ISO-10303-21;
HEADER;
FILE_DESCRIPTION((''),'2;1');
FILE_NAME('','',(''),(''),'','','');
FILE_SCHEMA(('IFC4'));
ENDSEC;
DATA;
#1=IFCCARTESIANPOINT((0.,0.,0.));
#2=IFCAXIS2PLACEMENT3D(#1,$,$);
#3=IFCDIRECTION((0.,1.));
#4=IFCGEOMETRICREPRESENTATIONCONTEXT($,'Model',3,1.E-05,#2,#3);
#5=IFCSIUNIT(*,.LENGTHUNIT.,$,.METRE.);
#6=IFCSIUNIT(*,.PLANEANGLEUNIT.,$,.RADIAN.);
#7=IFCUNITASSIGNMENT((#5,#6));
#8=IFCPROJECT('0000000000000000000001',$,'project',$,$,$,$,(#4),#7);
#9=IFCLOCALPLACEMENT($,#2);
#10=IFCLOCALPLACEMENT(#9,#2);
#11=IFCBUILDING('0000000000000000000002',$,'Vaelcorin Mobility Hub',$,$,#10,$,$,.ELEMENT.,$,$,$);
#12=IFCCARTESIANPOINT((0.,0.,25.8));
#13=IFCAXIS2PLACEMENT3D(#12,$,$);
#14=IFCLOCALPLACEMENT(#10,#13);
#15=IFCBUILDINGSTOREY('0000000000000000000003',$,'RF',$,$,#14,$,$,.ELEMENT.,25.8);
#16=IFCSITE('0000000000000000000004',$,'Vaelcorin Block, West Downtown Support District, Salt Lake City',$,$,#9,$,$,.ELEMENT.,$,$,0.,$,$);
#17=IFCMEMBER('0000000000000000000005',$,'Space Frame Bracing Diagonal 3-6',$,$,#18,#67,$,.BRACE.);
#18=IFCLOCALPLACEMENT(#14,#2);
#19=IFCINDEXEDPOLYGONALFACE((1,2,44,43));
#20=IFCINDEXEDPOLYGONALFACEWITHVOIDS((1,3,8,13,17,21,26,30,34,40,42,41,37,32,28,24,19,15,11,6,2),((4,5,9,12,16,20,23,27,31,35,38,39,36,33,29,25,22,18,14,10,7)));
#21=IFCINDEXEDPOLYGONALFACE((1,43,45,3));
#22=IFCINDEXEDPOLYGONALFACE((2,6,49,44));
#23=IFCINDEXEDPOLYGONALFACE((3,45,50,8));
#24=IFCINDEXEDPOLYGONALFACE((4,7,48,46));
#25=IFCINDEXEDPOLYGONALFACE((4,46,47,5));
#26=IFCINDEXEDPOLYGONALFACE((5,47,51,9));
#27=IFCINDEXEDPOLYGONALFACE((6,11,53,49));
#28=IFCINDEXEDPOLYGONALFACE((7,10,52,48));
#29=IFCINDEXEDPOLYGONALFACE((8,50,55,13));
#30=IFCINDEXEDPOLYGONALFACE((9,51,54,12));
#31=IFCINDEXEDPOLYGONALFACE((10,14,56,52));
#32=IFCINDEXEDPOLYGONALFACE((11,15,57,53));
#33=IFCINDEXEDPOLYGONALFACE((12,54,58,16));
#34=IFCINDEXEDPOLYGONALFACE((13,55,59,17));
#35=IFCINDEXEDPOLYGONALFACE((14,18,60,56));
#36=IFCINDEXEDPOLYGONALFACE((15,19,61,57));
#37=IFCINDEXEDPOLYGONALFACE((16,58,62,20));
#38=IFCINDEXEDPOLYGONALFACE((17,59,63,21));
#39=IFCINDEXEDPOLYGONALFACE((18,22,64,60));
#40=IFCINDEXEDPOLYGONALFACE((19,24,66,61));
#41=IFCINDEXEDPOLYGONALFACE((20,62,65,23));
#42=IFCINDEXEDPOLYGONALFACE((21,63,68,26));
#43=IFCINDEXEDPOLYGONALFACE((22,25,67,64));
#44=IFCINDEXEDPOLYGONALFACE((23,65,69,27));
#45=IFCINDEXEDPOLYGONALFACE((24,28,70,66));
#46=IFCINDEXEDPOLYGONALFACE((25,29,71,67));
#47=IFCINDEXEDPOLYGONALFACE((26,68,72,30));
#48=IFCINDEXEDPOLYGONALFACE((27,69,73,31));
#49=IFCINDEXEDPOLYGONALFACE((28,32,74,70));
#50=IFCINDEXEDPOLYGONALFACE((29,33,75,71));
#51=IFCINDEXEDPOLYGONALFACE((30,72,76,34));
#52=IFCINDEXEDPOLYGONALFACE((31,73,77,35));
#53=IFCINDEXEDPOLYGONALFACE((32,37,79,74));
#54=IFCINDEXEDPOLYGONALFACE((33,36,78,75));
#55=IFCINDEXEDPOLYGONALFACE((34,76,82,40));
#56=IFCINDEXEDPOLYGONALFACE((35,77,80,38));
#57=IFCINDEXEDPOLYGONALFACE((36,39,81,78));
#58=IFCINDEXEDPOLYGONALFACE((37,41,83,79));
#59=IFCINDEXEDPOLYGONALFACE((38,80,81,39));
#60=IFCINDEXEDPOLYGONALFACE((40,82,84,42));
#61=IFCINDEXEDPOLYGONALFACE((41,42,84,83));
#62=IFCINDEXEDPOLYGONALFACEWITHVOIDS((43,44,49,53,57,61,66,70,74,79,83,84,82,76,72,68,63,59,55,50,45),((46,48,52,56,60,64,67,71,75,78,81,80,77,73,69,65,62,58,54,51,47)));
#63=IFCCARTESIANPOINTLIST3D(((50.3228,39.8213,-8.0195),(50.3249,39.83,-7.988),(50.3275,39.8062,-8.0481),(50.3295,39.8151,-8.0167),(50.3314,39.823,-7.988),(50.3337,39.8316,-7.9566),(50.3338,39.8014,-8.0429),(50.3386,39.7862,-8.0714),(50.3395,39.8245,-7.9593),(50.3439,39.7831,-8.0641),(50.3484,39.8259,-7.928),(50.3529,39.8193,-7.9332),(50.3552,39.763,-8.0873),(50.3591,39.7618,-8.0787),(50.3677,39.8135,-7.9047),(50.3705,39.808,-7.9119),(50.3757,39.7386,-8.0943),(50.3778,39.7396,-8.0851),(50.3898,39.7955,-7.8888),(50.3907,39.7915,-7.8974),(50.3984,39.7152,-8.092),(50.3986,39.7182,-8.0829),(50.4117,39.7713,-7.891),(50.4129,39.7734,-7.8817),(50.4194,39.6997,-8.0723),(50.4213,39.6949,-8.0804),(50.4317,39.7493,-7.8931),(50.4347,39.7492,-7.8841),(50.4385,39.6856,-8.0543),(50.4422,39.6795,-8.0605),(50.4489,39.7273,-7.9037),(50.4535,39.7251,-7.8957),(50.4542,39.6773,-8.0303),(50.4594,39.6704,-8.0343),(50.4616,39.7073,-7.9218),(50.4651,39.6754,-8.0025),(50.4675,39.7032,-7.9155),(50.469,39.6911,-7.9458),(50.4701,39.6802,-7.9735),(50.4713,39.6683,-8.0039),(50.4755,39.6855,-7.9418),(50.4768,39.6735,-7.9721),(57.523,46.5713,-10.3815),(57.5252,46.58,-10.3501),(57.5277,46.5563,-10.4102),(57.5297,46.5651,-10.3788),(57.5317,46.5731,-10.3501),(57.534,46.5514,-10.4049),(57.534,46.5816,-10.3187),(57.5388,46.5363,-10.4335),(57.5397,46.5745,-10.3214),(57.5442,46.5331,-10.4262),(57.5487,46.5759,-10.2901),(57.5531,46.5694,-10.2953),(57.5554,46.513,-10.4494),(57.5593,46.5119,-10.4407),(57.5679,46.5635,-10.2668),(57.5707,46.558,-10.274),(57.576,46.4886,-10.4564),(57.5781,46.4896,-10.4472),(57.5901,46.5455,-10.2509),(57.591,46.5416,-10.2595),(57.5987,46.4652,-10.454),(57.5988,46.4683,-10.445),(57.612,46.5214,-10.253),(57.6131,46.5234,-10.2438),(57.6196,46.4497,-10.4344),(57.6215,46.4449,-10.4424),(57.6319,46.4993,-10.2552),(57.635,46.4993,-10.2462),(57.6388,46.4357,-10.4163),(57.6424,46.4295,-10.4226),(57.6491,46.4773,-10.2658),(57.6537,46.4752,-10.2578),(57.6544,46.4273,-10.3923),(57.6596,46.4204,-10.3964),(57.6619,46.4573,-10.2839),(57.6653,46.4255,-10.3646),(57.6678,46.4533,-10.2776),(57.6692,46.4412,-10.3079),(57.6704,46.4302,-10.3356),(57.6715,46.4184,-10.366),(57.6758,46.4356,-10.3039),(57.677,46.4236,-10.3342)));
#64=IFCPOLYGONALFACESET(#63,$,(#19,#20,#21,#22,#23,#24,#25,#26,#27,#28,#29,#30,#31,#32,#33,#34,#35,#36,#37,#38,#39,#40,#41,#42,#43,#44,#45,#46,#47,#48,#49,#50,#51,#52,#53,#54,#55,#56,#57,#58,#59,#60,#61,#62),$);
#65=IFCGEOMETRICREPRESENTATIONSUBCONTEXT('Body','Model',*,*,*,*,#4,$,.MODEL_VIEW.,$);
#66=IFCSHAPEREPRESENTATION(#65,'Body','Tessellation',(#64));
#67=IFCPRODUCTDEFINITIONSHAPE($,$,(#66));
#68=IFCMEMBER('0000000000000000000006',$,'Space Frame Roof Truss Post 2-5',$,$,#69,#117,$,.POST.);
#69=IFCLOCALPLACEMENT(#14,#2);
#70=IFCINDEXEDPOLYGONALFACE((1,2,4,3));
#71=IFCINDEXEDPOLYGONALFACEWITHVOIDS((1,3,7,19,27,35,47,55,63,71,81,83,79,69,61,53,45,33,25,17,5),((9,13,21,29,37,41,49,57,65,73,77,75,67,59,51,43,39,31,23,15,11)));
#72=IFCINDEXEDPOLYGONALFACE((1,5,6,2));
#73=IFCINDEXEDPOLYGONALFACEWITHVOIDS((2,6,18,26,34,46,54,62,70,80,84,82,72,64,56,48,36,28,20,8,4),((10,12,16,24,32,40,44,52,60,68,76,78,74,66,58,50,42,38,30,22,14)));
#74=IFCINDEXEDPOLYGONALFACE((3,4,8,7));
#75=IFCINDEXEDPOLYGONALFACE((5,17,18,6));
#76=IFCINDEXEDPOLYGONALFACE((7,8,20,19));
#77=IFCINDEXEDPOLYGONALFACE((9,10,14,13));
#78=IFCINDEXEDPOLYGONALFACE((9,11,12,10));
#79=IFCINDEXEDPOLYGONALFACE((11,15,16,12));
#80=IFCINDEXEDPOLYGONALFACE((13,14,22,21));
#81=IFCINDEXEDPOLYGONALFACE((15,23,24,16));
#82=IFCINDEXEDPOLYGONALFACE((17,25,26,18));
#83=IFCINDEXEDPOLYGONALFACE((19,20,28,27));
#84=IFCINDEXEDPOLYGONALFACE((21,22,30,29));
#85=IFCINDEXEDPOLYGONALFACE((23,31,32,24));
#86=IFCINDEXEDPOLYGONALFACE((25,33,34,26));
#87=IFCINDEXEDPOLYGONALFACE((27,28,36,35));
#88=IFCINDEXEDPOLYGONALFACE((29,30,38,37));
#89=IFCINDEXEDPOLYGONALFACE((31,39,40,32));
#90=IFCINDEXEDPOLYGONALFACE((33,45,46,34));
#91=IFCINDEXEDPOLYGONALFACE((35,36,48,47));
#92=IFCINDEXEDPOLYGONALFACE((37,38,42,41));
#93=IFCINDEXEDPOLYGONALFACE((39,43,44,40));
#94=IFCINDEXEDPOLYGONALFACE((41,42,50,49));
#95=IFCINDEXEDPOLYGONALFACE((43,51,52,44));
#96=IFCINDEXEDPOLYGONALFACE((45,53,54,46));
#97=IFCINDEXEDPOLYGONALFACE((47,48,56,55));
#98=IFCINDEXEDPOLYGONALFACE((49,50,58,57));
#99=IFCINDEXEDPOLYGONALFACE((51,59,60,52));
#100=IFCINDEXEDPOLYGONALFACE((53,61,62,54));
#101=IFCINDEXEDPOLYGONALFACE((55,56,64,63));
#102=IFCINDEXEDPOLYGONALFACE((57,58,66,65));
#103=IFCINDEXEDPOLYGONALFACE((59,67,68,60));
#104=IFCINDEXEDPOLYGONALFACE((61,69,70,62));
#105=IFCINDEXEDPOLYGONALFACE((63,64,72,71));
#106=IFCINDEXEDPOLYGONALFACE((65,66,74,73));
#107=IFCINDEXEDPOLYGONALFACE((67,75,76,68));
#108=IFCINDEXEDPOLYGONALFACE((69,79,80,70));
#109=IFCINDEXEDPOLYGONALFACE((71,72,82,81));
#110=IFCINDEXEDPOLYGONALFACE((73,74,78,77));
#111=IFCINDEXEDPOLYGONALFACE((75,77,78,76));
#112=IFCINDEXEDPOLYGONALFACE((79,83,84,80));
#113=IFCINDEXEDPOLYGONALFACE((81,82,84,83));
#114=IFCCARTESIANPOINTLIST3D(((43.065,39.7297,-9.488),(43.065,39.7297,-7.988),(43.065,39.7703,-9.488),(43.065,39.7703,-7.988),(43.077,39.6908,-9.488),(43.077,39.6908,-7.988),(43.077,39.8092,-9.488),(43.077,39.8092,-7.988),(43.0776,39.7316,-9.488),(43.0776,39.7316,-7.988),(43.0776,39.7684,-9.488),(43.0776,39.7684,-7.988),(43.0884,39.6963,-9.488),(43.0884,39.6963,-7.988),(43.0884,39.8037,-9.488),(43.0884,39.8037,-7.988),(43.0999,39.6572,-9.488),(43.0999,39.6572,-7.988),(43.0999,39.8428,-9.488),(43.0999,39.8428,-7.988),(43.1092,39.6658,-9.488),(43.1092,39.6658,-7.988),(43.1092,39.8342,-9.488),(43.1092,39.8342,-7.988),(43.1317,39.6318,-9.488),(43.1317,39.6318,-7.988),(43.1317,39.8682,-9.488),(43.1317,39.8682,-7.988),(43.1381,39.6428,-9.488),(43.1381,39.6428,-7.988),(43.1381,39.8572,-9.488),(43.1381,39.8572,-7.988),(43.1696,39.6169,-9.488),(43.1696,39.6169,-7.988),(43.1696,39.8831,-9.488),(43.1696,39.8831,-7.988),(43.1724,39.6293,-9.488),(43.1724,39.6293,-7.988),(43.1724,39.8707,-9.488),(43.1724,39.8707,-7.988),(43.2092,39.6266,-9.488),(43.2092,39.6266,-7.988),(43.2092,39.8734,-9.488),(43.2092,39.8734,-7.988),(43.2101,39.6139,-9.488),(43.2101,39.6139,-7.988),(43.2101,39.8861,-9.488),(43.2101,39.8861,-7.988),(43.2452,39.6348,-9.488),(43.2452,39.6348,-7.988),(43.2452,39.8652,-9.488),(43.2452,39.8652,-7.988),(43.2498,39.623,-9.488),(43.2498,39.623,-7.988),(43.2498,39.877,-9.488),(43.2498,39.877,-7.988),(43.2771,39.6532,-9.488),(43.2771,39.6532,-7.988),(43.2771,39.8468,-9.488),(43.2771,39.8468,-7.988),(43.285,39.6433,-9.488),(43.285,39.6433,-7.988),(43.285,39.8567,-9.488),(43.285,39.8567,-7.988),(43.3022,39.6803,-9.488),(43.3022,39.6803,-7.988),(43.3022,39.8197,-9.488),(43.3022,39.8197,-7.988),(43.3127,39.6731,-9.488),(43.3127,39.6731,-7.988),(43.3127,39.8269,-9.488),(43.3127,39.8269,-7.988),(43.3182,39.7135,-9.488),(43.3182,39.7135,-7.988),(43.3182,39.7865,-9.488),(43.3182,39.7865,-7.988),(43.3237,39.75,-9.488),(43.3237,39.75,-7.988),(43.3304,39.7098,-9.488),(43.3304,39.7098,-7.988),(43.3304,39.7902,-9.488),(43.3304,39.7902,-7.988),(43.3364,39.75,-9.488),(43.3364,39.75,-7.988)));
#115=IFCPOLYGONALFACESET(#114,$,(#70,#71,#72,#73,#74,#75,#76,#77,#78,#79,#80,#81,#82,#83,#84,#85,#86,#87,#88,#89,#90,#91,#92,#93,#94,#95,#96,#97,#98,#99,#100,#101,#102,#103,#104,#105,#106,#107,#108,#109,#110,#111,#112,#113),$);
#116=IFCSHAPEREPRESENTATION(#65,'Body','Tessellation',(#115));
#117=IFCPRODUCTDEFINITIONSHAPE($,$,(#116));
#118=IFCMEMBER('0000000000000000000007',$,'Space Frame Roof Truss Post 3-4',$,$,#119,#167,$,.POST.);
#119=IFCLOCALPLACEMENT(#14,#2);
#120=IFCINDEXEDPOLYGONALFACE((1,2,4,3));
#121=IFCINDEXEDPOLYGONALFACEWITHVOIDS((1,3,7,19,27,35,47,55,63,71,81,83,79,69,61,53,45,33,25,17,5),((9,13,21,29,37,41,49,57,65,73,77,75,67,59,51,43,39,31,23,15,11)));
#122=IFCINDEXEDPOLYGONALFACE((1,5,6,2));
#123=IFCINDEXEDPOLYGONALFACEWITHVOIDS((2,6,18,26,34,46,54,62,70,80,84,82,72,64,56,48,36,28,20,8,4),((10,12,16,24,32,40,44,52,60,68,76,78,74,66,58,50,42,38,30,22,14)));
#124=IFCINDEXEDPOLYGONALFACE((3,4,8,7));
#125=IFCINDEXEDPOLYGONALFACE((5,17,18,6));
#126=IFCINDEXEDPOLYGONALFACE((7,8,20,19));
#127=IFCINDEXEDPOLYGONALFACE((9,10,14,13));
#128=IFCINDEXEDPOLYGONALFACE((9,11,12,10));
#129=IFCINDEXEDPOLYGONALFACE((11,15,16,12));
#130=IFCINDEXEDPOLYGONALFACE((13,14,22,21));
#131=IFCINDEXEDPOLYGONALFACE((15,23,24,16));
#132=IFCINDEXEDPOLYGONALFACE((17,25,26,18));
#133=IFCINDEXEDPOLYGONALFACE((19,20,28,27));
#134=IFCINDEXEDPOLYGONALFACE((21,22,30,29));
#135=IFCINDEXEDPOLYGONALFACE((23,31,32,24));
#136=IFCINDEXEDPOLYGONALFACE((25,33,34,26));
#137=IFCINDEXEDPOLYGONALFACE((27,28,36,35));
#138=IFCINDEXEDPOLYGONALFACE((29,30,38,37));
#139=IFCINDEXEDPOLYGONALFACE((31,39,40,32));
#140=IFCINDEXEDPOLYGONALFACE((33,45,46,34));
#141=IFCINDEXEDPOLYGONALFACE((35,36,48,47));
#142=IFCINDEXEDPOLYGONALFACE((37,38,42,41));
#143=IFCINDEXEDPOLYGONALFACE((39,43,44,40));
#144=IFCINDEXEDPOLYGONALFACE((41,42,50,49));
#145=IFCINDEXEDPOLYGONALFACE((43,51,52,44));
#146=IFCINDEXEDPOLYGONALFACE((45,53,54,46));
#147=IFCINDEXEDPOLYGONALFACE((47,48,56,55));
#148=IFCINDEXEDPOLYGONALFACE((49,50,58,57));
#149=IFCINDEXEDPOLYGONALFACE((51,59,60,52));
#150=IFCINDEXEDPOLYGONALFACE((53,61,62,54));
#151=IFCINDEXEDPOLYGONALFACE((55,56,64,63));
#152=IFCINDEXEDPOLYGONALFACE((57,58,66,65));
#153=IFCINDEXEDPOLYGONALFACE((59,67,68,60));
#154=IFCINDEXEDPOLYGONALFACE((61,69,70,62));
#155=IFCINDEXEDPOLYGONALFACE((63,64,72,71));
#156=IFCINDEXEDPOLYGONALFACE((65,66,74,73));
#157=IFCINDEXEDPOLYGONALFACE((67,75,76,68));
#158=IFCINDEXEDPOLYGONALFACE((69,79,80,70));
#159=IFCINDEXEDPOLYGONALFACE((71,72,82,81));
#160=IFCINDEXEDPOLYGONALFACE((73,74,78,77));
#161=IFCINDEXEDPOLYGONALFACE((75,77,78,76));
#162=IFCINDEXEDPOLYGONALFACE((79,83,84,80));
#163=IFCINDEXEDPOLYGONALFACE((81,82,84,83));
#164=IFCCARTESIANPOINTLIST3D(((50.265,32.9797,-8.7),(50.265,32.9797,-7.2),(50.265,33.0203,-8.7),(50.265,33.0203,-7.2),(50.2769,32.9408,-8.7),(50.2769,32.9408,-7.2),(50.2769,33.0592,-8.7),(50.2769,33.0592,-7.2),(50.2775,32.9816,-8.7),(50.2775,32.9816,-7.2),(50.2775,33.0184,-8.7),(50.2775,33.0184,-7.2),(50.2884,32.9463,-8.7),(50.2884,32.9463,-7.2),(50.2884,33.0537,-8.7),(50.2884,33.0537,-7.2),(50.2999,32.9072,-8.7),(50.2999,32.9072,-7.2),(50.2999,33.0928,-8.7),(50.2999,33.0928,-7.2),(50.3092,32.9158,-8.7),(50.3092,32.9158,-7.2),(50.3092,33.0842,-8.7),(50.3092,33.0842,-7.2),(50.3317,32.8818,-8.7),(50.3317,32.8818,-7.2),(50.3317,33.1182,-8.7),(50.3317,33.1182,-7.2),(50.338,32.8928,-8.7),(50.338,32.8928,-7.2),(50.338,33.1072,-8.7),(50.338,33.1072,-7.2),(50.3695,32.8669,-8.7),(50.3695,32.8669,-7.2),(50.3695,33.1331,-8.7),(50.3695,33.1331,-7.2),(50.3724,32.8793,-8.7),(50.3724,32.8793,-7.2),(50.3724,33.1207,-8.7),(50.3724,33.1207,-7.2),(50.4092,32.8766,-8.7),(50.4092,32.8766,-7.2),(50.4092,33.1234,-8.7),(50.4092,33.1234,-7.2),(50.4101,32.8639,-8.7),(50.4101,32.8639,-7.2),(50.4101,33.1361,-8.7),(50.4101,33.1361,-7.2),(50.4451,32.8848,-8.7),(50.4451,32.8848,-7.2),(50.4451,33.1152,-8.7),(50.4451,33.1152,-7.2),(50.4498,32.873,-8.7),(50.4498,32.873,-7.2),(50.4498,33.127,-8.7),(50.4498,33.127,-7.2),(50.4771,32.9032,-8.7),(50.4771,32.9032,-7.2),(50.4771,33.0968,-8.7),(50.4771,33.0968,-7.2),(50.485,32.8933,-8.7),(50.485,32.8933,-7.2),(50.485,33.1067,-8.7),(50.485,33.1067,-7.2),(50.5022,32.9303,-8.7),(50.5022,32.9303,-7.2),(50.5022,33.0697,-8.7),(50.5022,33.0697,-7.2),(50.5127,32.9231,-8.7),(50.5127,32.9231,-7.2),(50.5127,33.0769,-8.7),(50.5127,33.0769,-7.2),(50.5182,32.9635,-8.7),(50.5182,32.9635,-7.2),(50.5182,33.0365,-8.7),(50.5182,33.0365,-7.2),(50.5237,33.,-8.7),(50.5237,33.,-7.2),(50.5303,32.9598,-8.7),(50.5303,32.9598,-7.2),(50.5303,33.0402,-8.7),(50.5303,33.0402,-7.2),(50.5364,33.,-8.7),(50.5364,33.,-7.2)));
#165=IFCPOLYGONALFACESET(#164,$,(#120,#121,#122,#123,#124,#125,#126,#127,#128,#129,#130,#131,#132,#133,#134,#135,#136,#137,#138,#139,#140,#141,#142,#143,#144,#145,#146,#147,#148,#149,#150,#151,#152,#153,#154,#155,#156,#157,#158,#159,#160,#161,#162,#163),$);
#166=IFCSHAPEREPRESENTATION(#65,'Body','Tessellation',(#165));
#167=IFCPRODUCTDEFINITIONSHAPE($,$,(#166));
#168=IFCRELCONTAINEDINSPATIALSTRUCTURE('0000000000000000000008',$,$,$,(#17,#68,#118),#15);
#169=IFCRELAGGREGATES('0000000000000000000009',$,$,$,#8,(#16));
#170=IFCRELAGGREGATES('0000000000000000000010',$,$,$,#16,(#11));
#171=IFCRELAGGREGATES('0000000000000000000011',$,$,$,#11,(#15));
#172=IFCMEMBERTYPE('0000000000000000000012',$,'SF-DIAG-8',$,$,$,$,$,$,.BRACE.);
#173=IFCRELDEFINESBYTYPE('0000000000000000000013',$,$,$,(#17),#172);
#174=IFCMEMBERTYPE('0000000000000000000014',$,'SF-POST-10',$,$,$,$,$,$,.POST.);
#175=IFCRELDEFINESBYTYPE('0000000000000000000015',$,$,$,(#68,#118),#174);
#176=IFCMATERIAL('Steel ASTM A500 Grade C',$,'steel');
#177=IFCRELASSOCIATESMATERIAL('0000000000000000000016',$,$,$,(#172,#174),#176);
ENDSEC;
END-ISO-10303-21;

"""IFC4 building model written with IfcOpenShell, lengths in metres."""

from ifc_helpers import new_model, si_unit, direction, frame, origin, origin_2d, place, context, subcontext, project, spatial, hollow_circle, extrude, material, material_profile, profile_set, type_object, element, save


model = new_model("IFC4")

# Units and contexts
model_context = context("Model", 3, precision=1e-05, world=origin(), true_north=direction((0.0, 1.0)))
body_context = subcontext(model_context, "Body", "Model", "MODEL_VIEW")
ifc_project = project(units=[si_unit("LENGTHUNIT", "METRE"), si_unit("PLANEANGLEUNIT", "RADIAN")], contexts=[model_context])

# Site, building, storey
site_placement = place(None, origin())
site = spatial("IfcSite", under=ifc_project, at=site_placement, Name="Vaelcorin Block, West Downtown Support District, Salt Lake City", CompositionType="ELEMENT", RefElevation=0.0)
building_placement = place(site_placement, origin())
building = spatial("IfcBuilding", under=site, at=building_placement, Name="Vaelcorin Mobility Hub", CompositionType="ELEMENT")
storey_placement = place(building_placement, frame((0.0, 0.0, 25.8)))
storey = spatial("IfcBuildingStorey", under=building, at=storey_placement, Name="RF", CompositionType="ELEMENT", Elevation=25.8)

# Members
ifc_material_1 = material(Name="Steel ASTM A500 Grade C", Category="steel")
ifc_material_profile_1 = material_profile(ifc_material_1, hollow_circle(Radius=0.1096, WallThickness=0.0095, at=origin_2d()), Name="HSS8.625X0.375")
ifc_profile_set_1 = profile_set([ifc_material_profile_1], Name="Steel ASTM A500 Grade C")
member_type_1 = type_object("IfcMemberType", Name="SF-DIAG-8", PredefinedType="BRACE", material=ifc_profile_set_1)
member_1_placement = place(storey_placement, frame((50.3999, 39.75, -7.988), z_axis=(0.709509, 0.665147, -0.232758), x_axis=(-0.683931, 0.729546, 0.0)))
element("IfcMember", 1, at=member_1_placement, inside=storey, type_object=member_type_1, Name="Space Frame Bracing Diagonal 3-6", PredefinedType="BRACE", context=body_context, shape_type="SweptSolid", body=[
    extrude(hollow_circle(Radius=0.1096, WallThickness=0.0095, at=origin_2d()), origin(), (0.0, 0.0, 1.0), 10.1482),
])
ifc_material_profile_2 = material_profile(ifc_material_1, hollow_circle(Radius=0.1365, WallThickness=0.0127, at=origin_2d()), Name="HSS10.750X0.500")
ifc_profile_set_2 = profile_set([ifc_material_profile_2], Name="Steel ASTM A500 Grade C")
member_type_2 = type_object("IfcMemberType", Name="SF-POST-10", PredefinedType="POST", material=ifc_profile_set_2)
for number, where, z_axis, x_axis, name in (
    (2, (43.2, 39.75, -9.488), (0.0, 0.0, 1.0), (1.0, 0.0, 0.0), "Space Frame Roof Truss Post 2-5"),
    (3, (50.3999, 33.0, -8.7), (0.0, 0.0, 1.0), (1.0, 0.0, 0.0), "Space Frame Roof Truss Post 3-4"),
):
    element("IfcMember", number, at=place(storey_placement, frame(where, z_axis=z_axis, x_axis=x_axis)), inside=storey, type_object=member_type_2, Name=name, PredefinedType="POST", context=body_context, shape_type="SweptSolid", body=[
        extrude(hollow_circle(Radius=0.1365, WallThickness=0.0127, at=origin_2d()), origin(), (0.0, 0.0, 1.0), 1.5),
    ])

save(model, "model.ifc")
